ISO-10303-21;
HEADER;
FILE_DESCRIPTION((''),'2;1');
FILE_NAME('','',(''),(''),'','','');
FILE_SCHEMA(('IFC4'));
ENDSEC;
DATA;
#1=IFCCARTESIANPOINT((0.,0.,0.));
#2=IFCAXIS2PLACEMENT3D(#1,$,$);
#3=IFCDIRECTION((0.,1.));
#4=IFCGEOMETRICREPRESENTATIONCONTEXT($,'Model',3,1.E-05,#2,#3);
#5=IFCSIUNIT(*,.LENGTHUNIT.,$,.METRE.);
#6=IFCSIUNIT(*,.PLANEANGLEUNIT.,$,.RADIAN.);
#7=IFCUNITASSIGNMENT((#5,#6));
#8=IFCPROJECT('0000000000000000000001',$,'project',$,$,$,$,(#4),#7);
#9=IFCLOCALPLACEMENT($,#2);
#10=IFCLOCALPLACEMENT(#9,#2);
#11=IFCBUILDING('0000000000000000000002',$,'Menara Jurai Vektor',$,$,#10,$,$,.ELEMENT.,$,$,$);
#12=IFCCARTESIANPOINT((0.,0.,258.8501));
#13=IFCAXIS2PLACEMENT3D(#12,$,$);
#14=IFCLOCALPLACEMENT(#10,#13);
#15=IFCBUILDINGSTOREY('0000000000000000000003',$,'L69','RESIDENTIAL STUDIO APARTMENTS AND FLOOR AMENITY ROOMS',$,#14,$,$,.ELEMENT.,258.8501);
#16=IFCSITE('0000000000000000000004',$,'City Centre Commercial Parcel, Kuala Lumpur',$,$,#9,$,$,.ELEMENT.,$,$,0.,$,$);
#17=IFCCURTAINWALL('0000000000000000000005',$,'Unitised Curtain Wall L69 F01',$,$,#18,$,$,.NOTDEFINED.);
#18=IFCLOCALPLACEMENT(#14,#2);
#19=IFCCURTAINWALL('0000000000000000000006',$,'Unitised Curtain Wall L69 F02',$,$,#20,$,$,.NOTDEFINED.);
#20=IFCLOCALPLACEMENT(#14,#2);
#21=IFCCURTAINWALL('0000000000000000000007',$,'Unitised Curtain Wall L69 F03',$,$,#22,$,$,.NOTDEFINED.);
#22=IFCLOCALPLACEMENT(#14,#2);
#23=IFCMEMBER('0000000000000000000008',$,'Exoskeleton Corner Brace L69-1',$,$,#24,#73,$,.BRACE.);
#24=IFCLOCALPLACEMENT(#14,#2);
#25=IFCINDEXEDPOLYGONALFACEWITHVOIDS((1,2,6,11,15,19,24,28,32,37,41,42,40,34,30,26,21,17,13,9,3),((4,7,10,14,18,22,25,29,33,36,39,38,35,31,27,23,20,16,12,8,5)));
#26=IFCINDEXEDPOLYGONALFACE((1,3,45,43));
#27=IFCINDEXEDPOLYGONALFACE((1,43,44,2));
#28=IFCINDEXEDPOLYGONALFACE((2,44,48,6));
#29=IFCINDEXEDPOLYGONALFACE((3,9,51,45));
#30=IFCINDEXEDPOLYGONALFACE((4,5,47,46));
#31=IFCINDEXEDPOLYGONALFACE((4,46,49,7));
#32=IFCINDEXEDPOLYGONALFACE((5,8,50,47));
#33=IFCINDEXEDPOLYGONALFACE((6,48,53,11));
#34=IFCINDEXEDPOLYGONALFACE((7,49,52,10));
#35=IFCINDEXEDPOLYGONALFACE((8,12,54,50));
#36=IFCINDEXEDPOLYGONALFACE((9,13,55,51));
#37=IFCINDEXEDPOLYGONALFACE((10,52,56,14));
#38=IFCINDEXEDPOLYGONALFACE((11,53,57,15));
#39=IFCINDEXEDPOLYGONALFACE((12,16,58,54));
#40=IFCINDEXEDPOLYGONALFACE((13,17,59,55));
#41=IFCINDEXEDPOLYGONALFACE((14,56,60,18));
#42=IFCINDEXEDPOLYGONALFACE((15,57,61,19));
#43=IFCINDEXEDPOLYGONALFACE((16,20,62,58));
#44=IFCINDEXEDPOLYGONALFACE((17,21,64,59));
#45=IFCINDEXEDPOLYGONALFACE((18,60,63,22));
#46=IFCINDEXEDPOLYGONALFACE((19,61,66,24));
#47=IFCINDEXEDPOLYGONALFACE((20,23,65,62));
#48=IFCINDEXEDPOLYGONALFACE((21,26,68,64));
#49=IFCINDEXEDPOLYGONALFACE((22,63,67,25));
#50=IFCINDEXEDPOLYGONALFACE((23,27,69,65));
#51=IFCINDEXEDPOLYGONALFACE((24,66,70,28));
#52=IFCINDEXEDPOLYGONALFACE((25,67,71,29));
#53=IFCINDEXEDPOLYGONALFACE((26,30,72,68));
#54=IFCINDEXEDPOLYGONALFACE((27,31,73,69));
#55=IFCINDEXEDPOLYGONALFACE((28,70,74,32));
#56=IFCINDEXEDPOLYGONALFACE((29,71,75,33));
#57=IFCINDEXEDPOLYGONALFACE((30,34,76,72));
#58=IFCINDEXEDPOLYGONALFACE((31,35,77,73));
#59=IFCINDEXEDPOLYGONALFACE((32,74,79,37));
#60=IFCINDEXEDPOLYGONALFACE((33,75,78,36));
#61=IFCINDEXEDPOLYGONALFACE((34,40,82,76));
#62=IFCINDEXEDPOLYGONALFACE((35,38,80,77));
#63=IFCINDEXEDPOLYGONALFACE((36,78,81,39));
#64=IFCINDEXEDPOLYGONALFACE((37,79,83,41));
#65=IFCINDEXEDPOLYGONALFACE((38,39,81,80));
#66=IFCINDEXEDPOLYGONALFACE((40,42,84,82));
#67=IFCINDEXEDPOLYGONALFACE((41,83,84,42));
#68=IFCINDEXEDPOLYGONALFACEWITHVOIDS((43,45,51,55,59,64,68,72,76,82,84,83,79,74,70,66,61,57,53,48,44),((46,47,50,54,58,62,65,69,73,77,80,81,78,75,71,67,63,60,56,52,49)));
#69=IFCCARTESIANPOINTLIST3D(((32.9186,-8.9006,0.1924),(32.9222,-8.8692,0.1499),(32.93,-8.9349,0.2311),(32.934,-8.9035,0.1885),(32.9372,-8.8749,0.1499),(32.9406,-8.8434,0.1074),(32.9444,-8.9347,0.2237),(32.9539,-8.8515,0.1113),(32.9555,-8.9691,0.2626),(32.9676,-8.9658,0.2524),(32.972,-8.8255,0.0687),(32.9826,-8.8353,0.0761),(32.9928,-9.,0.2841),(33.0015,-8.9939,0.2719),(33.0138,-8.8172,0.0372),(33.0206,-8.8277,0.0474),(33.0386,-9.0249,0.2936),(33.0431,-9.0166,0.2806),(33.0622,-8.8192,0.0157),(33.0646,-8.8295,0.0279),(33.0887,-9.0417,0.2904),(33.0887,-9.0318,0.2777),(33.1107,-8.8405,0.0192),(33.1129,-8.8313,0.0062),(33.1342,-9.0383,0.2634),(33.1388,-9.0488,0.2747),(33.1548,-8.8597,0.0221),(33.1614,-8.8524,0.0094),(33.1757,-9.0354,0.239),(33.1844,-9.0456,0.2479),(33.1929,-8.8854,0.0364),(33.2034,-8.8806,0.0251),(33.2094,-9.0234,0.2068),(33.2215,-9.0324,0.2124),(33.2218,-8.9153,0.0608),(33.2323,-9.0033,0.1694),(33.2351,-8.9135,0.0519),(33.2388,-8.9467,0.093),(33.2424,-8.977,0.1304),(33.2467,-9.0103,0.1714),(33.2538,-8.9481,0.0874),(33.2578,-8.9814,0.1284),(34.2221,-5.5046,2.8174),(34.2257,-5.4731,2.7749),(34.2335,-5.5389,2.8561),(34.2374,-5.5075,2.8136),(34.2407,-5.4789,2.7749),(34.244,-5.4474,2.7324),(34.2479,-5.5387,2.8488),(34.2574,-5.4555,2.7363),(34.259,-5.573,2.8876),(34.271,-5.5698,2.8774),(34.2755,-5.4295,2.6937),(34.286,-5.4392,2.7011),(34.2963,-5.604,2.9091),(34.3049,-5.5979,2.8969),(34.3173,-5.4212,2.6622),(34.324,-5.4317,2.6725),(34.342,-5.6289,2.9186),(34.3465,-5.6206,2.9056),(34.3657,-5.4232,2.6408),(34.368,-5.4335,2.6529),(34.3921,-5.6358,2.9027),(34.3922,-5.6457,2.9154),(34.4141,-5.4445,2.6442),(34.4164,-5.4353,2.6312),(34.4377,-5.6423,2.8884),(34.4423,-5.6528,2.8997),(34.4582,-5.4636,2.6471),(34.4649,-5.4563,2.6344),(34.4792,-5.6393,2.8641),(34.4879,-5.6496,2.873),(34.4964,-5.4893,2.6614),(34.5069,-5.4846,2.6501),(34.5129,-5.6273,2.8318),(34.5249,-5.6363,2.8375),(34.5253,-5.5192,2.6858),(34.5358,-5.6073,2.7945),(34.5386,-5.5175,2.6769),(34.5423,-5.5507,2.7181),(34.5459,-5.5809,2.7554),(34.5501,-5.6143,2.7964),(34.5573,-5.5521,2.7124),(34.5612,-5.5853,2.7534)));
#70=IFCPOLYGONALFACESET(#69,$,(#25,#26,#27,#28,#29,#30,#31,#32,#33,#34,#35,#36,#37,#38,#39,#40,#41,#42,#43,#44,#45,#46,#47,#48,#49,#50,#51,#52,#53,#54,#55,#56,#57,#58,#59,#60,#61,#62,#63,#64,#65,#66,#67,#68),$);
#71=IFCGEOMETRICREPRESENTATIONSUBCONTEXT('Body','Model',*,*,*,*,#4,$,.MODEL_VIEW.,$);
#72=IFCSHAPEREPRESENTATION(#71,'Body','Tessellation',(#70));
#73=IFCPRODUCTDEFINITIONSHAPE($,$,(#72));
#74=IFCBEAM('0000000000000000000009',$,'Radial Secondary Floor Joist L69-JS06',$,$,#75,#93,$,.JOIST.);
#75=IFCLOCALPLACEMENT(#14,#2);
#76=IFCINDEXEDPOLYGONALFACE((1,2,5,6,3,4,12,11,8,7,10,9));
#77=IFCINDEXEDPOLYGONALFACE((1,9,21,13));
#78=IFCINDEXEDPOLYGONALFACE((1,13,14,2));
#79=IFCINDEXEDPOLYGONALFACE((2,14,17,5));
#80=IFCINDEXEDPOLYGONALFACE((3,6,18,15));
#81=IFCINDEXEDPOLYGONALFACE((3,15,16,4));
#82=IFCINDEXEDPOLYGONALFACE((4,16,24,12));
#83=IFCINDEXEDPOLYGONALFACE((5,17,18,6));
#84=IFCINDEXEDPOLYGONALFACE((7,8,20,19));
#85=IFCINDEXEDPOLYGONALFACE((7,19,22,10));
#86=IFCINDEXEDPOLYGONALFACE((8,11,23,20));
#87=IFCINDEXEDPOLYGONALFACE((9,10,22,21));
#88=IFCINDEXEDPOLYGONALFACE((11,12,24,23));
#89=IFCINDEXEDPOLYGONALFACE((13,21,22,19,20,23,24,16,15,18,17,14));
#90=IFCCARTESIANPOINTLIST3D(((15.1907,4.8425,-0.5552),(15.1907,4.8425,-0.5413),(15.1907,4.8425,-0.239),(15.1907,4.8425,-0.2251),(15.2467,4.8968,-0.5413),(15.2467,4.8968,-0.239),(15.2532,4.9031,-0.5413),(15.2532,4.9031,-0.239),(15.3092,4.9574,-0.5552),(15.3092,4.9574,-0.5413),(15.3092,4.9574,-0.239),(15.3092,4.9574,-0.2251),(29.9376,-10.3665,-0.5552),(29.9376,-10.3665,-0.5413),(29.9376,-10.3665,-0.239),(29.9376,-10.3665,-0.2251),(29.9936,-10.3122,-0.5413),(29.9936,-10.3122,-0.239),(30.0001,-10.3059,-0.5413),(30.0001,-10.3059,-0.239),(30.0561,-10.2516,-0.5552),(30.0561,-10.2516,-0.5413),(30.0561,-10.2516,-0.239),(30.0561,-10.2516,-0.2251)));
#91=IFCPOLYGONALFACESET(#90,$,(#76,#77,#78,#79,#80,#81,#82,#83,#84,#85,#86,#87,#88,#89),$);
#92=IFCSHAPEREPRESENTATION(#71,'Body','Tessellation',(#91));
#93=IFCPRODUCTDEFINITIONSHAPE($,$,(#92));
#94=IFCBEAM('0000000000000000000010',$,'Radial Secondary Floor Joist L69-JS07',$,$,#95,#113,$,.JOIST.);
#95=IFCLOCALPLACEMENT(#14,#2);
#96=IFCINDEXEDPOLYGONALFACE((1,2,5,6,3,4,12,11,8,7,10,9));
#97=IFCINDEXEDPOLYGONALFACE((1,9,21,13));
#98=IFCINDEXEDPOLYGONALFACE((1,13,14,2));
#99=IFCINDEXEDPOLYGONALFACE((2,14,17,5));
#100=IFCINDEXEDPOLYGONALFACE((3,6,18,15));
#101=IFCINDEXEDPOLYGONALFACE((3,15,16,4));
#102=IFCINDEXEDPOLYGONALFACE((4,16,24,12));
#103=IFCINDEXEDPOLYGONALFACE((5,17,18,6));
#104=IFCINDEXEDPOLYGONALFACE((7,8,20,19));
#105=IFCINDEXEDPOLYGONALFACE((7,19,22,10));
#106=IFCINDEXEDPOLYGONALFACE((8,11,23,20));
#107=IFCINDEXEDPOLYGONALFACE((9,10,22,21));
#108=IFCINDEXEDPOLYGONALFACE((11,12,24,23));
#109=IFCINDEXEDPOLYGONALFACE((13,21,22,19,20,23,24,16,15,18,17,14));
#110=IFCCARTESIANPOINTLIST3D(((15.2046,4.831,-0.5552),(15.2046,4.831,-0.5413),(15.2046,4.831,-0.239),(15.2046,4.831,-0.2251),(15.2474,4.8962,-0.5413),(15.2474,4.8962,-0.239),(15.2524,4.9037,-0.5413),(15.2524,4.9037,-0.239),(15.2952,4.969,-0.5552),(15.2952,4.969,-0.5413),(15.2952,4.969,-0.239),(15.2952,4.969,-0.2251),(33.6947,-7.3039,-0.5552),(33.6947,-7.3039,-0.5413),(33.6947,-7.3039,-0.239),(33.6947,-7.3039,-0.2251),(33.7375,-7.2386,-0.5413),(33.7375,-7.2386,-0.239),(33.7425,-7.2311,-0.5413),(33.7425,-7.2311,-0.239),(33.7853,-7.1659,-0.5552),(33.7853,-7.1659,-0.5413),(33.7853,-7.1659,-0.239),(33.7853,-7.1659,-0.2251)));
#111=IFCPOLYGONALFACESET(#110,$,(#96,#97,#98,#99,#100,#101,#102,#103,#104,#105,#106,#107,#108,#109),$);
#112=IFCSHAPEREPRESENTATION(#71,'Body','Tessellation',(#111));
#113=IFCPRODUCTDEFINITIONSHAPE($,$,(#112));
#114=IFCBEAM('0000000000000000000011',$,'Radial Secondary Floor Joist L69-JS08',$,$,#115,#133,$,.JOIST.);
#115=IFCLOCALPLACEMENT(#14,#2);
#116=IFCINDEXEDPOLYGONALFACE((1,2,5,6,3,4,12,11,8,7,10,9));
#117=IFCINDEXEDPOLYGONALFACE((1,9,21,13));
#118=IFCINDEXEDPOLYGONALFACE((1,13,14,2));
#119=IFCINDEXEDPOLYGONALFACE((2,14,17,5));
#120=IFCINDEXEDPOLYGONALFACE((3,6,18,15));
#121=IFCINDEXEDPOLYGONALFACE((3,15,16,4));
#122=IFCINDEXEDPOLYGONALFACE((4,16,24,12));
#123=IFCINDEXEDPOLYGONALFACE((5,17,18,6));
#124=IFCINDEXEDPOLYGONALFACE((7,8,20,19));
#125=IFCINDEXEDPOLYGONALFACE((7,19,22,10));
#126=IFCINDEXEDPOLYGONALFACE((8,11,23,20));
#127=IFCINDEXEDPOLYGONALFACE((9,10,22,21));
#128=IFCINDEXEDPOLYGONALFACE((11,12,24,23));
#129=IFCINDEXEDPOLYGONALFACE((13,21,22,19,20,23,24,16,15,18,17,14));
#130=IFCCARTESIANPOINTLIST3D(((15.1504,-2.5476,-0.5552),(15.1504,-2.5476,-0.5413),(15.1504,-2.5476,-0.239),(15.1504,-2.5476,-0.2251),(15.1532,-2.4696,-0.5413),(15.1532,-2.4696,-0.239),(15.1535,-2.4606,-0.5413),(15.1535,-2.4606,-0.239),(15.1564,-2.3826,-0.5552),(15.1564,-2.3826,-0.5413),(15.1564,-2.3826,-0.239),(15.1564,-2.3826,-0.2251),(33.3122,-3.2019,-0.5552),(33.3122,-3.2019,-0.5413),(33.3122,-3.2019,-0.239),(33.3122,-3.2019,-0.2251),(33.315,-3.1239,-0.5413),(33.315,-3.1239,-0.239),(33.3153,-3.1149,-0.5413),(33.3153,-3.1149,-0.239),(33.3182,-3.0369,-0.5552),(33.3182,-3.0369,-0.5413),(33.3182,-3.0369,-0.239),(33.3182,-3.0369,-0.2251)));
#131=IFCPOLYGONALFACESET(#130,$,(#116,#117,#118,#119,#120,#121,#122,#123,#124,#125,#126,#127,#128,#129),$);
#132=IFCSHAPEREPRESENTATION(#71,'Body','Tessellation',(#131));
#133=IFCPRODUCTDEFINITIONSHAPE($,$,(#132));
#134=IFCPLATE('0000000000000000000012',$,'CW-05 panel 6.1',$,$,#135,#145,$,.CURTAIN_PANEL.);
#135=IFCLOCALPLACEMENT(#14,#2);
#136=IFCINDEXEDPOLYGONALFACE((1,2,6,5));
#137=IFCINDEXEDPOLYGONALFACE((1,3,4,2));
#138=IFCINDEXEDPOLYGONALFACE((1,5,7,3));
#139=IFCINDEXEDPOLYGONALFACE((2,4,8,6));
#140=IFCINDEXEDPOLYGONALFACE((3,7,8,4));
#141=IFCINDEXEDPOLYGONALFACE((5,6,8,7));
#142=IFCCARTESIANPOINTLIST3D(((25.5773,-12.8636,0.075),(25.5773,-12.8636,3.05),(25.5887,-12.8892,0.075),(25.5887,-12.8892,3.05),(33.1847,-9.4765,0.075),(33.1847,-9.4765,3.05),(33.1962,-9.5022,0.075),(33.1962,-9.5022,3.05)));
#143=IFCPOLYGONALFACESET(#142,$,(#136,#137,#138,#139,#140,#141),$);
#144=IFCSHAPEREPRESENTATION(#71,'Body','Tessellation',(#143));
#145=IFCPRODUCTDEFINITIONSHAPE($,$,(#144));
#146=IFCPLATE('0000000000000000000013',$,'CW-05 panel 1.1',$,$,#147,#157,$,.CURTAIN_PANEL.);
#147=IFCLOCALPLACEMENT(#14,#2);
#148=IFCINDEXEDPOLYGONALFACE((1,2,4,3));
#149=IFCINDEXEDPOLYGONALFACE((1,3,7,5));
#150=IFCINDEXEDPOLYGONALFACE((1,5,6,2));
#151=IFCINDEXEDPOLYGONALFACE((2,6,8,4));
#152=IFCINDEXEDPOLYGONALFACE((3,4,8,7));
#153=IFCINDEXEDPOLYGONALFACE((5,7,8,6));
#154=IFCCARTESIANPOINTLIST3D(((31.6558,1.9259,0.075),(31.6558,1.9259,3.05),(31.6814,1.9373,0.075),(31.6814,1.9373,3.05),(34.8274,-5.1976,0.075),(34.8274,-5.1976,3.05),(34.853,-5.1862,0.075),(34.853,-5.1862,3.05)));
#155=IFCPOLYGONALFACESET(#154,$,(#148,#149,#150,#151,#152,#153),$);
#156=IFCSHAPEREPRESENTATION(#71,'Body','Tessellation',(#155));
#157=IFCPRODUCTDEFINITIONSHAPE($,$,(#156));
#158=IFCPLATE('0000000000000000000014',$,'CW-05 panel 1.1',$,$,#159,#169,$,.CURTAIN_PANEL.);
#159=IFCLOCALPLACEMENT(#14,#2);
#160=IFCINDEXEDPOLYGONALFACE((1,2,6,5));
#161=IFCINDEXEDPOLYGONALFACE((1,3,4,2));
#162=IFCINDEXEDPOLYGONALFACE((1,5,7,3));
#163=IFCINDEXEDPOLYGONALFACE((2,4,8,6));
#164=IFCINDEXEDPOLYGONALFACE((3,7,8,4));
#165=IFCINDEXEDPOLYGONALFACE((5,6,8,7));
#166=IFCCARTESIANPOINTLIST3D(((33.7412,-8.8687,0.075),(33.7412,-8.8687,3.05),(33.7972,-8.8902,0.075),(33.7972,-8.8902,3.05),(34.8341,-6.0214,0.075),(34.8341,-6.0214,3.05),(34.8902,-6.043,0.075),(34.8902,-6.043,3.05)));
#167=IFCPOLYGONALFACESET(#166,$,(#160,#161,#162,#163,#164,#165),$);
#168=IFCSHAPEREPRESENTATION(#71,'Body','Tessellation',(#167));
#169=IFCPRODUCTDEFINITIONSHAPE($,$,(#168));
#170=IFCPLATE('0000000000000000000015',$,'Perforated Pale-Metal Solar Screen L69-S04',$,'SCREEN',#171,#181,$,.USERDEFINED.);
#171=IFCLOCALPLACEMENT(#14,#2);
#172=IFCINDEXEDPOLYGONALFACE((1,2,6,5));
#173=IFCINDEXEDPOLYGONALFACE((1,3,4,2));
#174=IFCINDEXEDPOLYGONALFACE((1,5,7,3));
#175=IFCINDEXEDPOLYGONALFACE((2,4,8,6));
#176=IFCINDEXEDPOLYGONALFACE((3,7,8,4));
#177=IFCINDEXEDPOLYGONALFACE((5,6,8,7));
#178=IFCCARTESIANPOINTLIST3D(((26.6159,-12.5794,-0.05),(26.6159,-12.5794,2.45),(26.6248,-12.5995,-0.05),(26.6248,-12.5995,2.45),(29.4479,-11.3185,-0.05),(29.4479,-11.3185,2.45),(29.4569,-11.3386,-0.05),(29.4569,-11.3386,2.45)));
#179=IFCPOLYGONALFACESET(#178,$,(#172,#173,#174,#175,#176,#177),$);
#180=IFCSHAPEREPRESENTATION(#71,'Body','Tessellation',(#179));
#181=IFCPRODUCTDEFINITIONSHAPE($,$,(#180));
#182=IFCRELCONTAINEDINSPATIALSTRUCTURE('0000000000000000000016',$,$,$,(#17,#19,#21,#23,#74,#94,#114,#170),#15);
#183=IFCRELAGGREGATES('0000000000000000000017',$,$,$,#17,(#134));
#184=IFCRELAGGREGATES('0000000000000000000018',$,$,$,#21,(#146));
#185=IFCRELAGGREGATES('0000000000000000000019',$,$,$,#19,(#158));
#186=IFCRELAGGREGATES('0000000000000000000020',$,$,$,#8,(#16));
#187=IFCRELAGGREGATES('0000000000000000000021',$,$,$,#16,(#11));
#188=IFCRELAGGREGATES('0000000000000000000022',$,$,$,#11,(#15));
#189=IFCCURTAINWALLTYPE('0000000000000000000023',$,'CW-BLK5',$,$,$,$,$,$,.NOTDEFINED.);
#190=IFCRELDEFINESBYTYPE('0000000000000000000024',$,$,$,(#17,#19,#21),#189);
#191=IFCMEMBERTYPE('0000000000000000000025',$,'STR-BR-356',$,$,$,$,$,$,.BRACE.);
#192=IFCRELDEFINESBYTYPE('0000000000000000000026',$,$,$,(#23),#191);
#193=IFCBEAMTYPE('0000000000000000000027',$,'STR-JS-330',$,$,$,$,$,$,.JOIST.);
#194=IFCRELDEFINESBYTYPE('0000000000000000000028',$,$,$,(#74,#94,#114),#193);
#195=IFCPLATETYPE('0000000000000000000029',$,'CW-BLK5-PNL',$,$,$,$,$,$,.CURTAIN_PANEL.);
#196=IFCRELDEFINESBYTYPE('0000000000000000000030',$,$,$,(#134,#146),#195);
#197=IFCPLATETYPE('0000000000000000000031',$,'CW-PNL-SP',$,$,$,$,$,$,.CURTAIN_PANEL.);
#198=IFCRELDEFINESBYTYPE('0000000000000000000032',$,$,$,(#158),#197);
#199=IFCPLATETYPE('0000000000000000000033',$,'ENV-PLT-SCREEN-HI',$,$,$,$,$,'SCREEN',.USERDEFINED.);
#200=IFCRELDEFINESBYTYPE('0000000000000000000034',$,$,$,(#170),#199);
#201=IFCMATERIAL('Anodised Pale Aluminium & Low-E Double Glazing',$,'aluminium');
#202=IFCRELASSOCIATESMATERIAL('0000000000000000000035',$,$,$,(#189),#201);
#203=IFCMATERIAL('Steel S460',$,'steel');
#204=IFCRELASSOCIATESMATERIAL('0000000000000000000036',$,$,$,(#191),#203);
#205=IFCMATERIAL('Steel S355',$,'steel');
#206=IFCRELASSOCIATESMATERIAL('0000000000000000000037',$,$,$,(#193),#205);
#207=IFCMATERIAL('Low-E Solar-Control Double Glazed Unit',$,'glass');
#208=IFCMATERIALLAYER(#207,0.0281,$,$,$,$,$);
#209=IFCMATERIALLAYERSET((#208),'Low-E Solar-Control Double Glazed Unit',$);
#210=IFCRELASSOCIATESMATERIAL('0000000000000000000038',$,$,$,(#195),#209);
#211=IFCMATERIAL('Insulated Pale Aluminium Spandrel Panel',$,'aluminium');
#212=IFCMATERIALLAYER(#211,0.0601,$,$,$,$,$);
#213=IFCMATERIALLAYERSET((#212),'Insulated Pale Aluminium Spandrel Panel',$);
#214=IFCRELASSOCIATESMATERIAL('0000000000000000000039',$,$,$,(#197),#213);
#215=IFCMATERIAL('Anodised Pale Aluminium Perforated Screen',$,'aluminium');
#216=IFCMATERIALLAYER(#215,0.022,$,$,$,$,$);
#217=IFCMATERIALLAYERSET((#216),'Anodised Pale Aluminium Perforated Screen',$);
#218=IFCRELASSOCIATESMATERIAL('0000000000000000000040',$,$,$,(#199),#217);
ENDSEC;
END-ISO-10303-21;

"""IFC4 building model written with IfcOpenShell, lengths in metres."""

from ifc_helpers import new_model, si_unit, direction, frame, origin, origin_2d, place, context, subcontext, project, spatial, rectangle, hollow_circle, i_section, extrude, material, layer, layer_set, material_profile, profile_set, type_object, element, aggregate, save


model = new_model("IFC4")

# Units and contexts
model_context = context("Model", 3, precision=1e-05, world=origin(), true_north=direction((0.0, 1.0)))
body_context = subcontext(model_context, "Body", "Model", "MODEL_VIEW")
ifc_project = project(units=[si_unit("LENGTHUNIT", "METRE"), si_unit("PLANEANGLEUNIT", "RADIAN")], contexts=[model_context])

# Site, building, storey
site_placement = place(None, origin())
site = spatial("IfcSite", under=ifc_project, at=site_placement, Name="City Centre Commercial Parcel, Kuala Lumpur", CompositionType="ELEMENT", RefElevation=0.0)
building_placement = place(site_placement, origin())
building = spatial("IfcBuilding", under=site, at=building_placement, Name="Menara Jurai Vektor", CompositionType="ELEMENT")
storey_placement = place(building_placement, frame((0.0, 0.0, 258.8501)))
storey = spatial("IfcBuildingStorey", under=building, at=storey_placement, Name="L69", Description="RESIDENTIAL STUDIO APARTMENTS AND FLOOR AMENITY ROOMS", CompositionType="ELEMENT", Elevation=258.8501)

# Shared definitions
ifc_material_1 = material(Name="Steel S460", Category="steel")

# Curtain wall
ifc_material_2 = material(Name="Anodised Pale Aluminium & Low-E Double Glazing", Category="aluminium")
curtain_wall_type = type_object("IfcCurtainWallType", Name="CW-BLK5", PredefinedType="NOTDEFINED", material=ifc_material_2)
curtain_wall_1_placement = place(storey_placement, origin())
curtain_wall_1 = element("IfcCurtainWall", 1, at=curtain_wall_1_placement, inside=storey, type_object=curtain_wall_type, Name="Unitised Curtain Wall L69 F01", PredefinedType="NOTDEFINED")

# Curtain wall
curtain_wall_2_placement = place(storey_placement, origin())
curtain_wall_2 = element("IfcCurtainWall", 2, at=curtain_wall_2_placement, inside=storey, type_object=curtain_wall_type, Name="Unitised Curtain Wall L69 F02", PredefinedType="NOTDEFINED")

# Curtain wall
curtain_wall_3_placement = place(storey_placement, origin())
curtain_wall_3 = element("IfcCurtainWall", 3, at=curtain_wall_3_placement, inside=storey, type_object=curtain_wall_type, Name="Unitised Curtain Wall L69 F03", PredefinedType="NOTDEFINED")

# Shared definitions
ifc_material_3 = material(Name="Steel S355", Category="steel")

# Member
ifc_material_profile_1 = material_profile(ifc_material_1, hollow_circle(Radius=0.1777, WallThickness=0.0161, at=origin_2d()), Name="CHS 355.6x16")
ifc_profile_set_1 = profile_set([ifc_material_profile_1], Name="Steel S460")
member_type_1 = type_object("IfcMemberType", Name="STR-BR-356", PredefinedType="BRACE", material=ifc_profile_set_1)
member_1_placement = place(storey_placement, frame((33.0881, -8.9329, 0.1499), z_axis=(0.290576, 0.757054, 0.585179), x_axis=(-0.933593, 0.358336, 0.0)))
element("IfcMember", 4, at=member_1_placement, inside=storey, type_object=member_type_1, Name="Exoskeleton Corner Brace L69-1", PredefinedType="BRACE", context=body_context, shape_type="SweptSolid", body=[
    extrude(hollow_circle(Radius=0.1777, WallThickness=0.0161, at=origin_2d()), origin(), (0.0, 0.0, 1.0), 4.4858),
])

# Beams
ifc_material_profile_2 = material_profile(ifc_material_3, i_section(OverallWidth=0.165, OverallDepth=0.3301, WebThickness=0.009, FlangeThickness=0.0139, at=origin_2d()), Name="PG 330x165x46")
ifc_profile_set_2 = profile_set([ifc_material_profile_2], Name="Steel S355")
beam_type_1 = type_object("IfcBeamType", Name="STR-JS-330", PredefinedType="JOIST", material=ifc_profile_set_2)
beam_1_placement = place(storey_placement, frame((29.9968, -10.3091, -0.3901), z_axis=(-0.696115, 0.717931, 0.0), x_axis=(-0.717931, -0.696115, 0.0)))
element("IfcBeam", 5, at=beam_1_placement, inside=storey, type_object=beam_type_1, Name="Radial Secondary Floor Joist L69-JS06", PredefinedType="JOIST", context=body_context, shape_type="SweptSolid", body=[
    extrude(i_section(OverallWidth=0.165, OverallDepth=0.3301, WebThickness=0.009, FlangeThickness=0.0139, at=origin_2d()), origin(), (0.0, 0.0, 1.0), 21.1846),
])
beam_2_placement = place(storey_placement, frame((33.74, -7.2349, -0.3901), z_axis=(-0.836033, 0.548679, 0.0), x_axis=(-0.548679, -0.836033, 0.0)))
element("IfcBeam", 6, at=beam_2_placement, inside=storey, type_object=beam_type_1, Name="Radial Secondary Floor Joist L69-JS07", PredefinedType="JOIST", context=body_context, shape_type="SweptSolid", body=[
    extrude(i_section(OverallWidth=0.165, OverallDepth=0.3301, WebThickness=0.009, FlangeThickness=0.0139, at=origin_2d()), origin(), (0.0, 0.0, 1.0), 22.1165),
])
beam_3_placement = place(storey_placement, frame((33.3152, -3.1194, -0.3901), z_axis=(-0.999352, 0.036003, 0.0), x_axis=(-0.036003, -0.999352, 0.0)))
element("IfcBeam", 7, at=beam_3_placement, inside=storey, type_object=beam_type_1, Name="Radial Secondary Floor Joist L69-JS08", PredefinedType="JOIST", context=body_context, shape_type="SweptSolid", body=[
    extrude(i_section(OverallWidth=0.165, OverallDepth=0.3301, WebThickness=0.009, FlangeThickness=0.0139, at=origin_2d()), origin(), (0.0, 0.0, 1.0), 18.1736),
])

# Plates
ifc_material_4 = material(Name="Low-E Solar-Control Double Glazed Unit", Category="glass")
ifc_layer_1 = layer(ifc_material_4, 0.0281)
ifc_layer_set_1 = layer_set([ifc_layer_1], Name="Low-E Solar-Control Double Glazed Unit")
plate_type_1 = type_object("IfcPlateType", Name="CW-BLK5-PNL", PredefinedType="CURTAIN_PANEL", material=ifc_layer_set_1)
plate_1_placement = place(storey_placement, frame((29.3867, -11.1829, 0.075), z_axis=(0.0, 0.0, 1.0), x_axis=(0.913546, 0.406735, 0.0)))
plate_1 = element("IfcPlate", 8, at=plate_1_placement, type_object=plate_type_1, Name="CW-05 panel 6.1", PredefinedType="CURTAIN_PANEL", context=body_context, shape_type="SweptSolid", body=[
    extrude(rectangle(XDim=8.3274, YDim=0.0281, at=origin_2d()), origin(), (0.0, 0.0, 1.0), 2.9751),
])
aggregate(curtain_wall_1, [plate_1])
plate_2_placement = place(storey_placement, frame((33.2544, -1.6301, 0.075), z_axis=(0.0, 0.0, 1.0), x_axis=(-0.406735, 0.913546, 0.0)))
plate_2 = element("IfcPlate", 9, at=plate_2_placement, type_object=plate_type_1, Name="CW-05 panel 1.1", PredefinedType="CURTAIN_PANEL", context=body_context, shape_type="SweptSolid", body=[
    extrude(rectangle(XDim=7.7976, YDim=0.0281, at=origin_2d()), origin(), (0.0, 0.0, 1.0), 2.9751),
])
aggregate(curtain_wall_3, [plate_2])
ifc_material_5 = material(Name="Insulated Pale Aluminium Spandrel Panel", Category="aluminium")
ifc_layer_2 = layer(ifc_material_5, 0.0601)
ifc_layer_set_2 = layer_set([ifc_layer_2], Name="Insulated Pale Aluminium Spandrel Panel")
plate_type_2 = type_object("IfcPlateType", Name="CW-PNL-SP", PredefinedType="CURTAIN_PANEL", material=ifc_layer_set_2)
plate_3_placement = place(storey_placement, frame((34.3157, -7.4558, 0.075), z_axis=(0.0, 0.0, 1.0), x_axis=(0.358374, 0.933578, 0.0)))
plate_3 = element("IfcPlate", 10, at=plate_3_placement, type_object=plate_type_2, Name="CW-05 panel 1.1", PredefinedType="CURTAIN_PANEL", context=body_context, shape_type="SweptSolid", body=[
    extrude(rectangle(XDim=3.0498, YDim=0.0601, at=origin_2d()), origin(), (0.0, 0.0, 1.0), 2.9751),
])
aggregate(curtain_wall_2, [plate_3])
ifc_material_6 = material(Name="Anodised Pale Aluminium Perforated Screen", Category="aluminium")
ifc_layer_3 = layer(ifc_material_6, 0.022)
ifc_layer_set_3 = layer_set([ifc_layer_3], Name="Anodised Pale Aluminium Perforated Screen")
plate_type_3 = type_object("IfcPlateType", Name="ENV-PLT-SCREEN-HI", ElementType="SCREEN", PredefinedType="USERDEFINED", material=ifc_layer_set_3)
plate_4_placement = place(storey_placement, frame((28.0364, -11.959, -0.05), z_axis=(0.0, 0.0, 1.0), x_axis=(0.913545, 0.406737, 0.0)))
element("IfcPlate", 11, at=plate_4_placement, inside=storey, type_object=plate_type_3, Name="Perforated Pale-Metal Solar Screen L69-S04", ObjectType="SCREEN", PredefinedType="USERDEFINED", context=body_context, shape_type="SweptSolid", body=[
    extrude(rectangle(XDim=3.1001, YDim=0.022, at=origin_2d()), origin(), (0.0, 0.0, 1.0), 2.5),
])

save(model, "model.ifc")
